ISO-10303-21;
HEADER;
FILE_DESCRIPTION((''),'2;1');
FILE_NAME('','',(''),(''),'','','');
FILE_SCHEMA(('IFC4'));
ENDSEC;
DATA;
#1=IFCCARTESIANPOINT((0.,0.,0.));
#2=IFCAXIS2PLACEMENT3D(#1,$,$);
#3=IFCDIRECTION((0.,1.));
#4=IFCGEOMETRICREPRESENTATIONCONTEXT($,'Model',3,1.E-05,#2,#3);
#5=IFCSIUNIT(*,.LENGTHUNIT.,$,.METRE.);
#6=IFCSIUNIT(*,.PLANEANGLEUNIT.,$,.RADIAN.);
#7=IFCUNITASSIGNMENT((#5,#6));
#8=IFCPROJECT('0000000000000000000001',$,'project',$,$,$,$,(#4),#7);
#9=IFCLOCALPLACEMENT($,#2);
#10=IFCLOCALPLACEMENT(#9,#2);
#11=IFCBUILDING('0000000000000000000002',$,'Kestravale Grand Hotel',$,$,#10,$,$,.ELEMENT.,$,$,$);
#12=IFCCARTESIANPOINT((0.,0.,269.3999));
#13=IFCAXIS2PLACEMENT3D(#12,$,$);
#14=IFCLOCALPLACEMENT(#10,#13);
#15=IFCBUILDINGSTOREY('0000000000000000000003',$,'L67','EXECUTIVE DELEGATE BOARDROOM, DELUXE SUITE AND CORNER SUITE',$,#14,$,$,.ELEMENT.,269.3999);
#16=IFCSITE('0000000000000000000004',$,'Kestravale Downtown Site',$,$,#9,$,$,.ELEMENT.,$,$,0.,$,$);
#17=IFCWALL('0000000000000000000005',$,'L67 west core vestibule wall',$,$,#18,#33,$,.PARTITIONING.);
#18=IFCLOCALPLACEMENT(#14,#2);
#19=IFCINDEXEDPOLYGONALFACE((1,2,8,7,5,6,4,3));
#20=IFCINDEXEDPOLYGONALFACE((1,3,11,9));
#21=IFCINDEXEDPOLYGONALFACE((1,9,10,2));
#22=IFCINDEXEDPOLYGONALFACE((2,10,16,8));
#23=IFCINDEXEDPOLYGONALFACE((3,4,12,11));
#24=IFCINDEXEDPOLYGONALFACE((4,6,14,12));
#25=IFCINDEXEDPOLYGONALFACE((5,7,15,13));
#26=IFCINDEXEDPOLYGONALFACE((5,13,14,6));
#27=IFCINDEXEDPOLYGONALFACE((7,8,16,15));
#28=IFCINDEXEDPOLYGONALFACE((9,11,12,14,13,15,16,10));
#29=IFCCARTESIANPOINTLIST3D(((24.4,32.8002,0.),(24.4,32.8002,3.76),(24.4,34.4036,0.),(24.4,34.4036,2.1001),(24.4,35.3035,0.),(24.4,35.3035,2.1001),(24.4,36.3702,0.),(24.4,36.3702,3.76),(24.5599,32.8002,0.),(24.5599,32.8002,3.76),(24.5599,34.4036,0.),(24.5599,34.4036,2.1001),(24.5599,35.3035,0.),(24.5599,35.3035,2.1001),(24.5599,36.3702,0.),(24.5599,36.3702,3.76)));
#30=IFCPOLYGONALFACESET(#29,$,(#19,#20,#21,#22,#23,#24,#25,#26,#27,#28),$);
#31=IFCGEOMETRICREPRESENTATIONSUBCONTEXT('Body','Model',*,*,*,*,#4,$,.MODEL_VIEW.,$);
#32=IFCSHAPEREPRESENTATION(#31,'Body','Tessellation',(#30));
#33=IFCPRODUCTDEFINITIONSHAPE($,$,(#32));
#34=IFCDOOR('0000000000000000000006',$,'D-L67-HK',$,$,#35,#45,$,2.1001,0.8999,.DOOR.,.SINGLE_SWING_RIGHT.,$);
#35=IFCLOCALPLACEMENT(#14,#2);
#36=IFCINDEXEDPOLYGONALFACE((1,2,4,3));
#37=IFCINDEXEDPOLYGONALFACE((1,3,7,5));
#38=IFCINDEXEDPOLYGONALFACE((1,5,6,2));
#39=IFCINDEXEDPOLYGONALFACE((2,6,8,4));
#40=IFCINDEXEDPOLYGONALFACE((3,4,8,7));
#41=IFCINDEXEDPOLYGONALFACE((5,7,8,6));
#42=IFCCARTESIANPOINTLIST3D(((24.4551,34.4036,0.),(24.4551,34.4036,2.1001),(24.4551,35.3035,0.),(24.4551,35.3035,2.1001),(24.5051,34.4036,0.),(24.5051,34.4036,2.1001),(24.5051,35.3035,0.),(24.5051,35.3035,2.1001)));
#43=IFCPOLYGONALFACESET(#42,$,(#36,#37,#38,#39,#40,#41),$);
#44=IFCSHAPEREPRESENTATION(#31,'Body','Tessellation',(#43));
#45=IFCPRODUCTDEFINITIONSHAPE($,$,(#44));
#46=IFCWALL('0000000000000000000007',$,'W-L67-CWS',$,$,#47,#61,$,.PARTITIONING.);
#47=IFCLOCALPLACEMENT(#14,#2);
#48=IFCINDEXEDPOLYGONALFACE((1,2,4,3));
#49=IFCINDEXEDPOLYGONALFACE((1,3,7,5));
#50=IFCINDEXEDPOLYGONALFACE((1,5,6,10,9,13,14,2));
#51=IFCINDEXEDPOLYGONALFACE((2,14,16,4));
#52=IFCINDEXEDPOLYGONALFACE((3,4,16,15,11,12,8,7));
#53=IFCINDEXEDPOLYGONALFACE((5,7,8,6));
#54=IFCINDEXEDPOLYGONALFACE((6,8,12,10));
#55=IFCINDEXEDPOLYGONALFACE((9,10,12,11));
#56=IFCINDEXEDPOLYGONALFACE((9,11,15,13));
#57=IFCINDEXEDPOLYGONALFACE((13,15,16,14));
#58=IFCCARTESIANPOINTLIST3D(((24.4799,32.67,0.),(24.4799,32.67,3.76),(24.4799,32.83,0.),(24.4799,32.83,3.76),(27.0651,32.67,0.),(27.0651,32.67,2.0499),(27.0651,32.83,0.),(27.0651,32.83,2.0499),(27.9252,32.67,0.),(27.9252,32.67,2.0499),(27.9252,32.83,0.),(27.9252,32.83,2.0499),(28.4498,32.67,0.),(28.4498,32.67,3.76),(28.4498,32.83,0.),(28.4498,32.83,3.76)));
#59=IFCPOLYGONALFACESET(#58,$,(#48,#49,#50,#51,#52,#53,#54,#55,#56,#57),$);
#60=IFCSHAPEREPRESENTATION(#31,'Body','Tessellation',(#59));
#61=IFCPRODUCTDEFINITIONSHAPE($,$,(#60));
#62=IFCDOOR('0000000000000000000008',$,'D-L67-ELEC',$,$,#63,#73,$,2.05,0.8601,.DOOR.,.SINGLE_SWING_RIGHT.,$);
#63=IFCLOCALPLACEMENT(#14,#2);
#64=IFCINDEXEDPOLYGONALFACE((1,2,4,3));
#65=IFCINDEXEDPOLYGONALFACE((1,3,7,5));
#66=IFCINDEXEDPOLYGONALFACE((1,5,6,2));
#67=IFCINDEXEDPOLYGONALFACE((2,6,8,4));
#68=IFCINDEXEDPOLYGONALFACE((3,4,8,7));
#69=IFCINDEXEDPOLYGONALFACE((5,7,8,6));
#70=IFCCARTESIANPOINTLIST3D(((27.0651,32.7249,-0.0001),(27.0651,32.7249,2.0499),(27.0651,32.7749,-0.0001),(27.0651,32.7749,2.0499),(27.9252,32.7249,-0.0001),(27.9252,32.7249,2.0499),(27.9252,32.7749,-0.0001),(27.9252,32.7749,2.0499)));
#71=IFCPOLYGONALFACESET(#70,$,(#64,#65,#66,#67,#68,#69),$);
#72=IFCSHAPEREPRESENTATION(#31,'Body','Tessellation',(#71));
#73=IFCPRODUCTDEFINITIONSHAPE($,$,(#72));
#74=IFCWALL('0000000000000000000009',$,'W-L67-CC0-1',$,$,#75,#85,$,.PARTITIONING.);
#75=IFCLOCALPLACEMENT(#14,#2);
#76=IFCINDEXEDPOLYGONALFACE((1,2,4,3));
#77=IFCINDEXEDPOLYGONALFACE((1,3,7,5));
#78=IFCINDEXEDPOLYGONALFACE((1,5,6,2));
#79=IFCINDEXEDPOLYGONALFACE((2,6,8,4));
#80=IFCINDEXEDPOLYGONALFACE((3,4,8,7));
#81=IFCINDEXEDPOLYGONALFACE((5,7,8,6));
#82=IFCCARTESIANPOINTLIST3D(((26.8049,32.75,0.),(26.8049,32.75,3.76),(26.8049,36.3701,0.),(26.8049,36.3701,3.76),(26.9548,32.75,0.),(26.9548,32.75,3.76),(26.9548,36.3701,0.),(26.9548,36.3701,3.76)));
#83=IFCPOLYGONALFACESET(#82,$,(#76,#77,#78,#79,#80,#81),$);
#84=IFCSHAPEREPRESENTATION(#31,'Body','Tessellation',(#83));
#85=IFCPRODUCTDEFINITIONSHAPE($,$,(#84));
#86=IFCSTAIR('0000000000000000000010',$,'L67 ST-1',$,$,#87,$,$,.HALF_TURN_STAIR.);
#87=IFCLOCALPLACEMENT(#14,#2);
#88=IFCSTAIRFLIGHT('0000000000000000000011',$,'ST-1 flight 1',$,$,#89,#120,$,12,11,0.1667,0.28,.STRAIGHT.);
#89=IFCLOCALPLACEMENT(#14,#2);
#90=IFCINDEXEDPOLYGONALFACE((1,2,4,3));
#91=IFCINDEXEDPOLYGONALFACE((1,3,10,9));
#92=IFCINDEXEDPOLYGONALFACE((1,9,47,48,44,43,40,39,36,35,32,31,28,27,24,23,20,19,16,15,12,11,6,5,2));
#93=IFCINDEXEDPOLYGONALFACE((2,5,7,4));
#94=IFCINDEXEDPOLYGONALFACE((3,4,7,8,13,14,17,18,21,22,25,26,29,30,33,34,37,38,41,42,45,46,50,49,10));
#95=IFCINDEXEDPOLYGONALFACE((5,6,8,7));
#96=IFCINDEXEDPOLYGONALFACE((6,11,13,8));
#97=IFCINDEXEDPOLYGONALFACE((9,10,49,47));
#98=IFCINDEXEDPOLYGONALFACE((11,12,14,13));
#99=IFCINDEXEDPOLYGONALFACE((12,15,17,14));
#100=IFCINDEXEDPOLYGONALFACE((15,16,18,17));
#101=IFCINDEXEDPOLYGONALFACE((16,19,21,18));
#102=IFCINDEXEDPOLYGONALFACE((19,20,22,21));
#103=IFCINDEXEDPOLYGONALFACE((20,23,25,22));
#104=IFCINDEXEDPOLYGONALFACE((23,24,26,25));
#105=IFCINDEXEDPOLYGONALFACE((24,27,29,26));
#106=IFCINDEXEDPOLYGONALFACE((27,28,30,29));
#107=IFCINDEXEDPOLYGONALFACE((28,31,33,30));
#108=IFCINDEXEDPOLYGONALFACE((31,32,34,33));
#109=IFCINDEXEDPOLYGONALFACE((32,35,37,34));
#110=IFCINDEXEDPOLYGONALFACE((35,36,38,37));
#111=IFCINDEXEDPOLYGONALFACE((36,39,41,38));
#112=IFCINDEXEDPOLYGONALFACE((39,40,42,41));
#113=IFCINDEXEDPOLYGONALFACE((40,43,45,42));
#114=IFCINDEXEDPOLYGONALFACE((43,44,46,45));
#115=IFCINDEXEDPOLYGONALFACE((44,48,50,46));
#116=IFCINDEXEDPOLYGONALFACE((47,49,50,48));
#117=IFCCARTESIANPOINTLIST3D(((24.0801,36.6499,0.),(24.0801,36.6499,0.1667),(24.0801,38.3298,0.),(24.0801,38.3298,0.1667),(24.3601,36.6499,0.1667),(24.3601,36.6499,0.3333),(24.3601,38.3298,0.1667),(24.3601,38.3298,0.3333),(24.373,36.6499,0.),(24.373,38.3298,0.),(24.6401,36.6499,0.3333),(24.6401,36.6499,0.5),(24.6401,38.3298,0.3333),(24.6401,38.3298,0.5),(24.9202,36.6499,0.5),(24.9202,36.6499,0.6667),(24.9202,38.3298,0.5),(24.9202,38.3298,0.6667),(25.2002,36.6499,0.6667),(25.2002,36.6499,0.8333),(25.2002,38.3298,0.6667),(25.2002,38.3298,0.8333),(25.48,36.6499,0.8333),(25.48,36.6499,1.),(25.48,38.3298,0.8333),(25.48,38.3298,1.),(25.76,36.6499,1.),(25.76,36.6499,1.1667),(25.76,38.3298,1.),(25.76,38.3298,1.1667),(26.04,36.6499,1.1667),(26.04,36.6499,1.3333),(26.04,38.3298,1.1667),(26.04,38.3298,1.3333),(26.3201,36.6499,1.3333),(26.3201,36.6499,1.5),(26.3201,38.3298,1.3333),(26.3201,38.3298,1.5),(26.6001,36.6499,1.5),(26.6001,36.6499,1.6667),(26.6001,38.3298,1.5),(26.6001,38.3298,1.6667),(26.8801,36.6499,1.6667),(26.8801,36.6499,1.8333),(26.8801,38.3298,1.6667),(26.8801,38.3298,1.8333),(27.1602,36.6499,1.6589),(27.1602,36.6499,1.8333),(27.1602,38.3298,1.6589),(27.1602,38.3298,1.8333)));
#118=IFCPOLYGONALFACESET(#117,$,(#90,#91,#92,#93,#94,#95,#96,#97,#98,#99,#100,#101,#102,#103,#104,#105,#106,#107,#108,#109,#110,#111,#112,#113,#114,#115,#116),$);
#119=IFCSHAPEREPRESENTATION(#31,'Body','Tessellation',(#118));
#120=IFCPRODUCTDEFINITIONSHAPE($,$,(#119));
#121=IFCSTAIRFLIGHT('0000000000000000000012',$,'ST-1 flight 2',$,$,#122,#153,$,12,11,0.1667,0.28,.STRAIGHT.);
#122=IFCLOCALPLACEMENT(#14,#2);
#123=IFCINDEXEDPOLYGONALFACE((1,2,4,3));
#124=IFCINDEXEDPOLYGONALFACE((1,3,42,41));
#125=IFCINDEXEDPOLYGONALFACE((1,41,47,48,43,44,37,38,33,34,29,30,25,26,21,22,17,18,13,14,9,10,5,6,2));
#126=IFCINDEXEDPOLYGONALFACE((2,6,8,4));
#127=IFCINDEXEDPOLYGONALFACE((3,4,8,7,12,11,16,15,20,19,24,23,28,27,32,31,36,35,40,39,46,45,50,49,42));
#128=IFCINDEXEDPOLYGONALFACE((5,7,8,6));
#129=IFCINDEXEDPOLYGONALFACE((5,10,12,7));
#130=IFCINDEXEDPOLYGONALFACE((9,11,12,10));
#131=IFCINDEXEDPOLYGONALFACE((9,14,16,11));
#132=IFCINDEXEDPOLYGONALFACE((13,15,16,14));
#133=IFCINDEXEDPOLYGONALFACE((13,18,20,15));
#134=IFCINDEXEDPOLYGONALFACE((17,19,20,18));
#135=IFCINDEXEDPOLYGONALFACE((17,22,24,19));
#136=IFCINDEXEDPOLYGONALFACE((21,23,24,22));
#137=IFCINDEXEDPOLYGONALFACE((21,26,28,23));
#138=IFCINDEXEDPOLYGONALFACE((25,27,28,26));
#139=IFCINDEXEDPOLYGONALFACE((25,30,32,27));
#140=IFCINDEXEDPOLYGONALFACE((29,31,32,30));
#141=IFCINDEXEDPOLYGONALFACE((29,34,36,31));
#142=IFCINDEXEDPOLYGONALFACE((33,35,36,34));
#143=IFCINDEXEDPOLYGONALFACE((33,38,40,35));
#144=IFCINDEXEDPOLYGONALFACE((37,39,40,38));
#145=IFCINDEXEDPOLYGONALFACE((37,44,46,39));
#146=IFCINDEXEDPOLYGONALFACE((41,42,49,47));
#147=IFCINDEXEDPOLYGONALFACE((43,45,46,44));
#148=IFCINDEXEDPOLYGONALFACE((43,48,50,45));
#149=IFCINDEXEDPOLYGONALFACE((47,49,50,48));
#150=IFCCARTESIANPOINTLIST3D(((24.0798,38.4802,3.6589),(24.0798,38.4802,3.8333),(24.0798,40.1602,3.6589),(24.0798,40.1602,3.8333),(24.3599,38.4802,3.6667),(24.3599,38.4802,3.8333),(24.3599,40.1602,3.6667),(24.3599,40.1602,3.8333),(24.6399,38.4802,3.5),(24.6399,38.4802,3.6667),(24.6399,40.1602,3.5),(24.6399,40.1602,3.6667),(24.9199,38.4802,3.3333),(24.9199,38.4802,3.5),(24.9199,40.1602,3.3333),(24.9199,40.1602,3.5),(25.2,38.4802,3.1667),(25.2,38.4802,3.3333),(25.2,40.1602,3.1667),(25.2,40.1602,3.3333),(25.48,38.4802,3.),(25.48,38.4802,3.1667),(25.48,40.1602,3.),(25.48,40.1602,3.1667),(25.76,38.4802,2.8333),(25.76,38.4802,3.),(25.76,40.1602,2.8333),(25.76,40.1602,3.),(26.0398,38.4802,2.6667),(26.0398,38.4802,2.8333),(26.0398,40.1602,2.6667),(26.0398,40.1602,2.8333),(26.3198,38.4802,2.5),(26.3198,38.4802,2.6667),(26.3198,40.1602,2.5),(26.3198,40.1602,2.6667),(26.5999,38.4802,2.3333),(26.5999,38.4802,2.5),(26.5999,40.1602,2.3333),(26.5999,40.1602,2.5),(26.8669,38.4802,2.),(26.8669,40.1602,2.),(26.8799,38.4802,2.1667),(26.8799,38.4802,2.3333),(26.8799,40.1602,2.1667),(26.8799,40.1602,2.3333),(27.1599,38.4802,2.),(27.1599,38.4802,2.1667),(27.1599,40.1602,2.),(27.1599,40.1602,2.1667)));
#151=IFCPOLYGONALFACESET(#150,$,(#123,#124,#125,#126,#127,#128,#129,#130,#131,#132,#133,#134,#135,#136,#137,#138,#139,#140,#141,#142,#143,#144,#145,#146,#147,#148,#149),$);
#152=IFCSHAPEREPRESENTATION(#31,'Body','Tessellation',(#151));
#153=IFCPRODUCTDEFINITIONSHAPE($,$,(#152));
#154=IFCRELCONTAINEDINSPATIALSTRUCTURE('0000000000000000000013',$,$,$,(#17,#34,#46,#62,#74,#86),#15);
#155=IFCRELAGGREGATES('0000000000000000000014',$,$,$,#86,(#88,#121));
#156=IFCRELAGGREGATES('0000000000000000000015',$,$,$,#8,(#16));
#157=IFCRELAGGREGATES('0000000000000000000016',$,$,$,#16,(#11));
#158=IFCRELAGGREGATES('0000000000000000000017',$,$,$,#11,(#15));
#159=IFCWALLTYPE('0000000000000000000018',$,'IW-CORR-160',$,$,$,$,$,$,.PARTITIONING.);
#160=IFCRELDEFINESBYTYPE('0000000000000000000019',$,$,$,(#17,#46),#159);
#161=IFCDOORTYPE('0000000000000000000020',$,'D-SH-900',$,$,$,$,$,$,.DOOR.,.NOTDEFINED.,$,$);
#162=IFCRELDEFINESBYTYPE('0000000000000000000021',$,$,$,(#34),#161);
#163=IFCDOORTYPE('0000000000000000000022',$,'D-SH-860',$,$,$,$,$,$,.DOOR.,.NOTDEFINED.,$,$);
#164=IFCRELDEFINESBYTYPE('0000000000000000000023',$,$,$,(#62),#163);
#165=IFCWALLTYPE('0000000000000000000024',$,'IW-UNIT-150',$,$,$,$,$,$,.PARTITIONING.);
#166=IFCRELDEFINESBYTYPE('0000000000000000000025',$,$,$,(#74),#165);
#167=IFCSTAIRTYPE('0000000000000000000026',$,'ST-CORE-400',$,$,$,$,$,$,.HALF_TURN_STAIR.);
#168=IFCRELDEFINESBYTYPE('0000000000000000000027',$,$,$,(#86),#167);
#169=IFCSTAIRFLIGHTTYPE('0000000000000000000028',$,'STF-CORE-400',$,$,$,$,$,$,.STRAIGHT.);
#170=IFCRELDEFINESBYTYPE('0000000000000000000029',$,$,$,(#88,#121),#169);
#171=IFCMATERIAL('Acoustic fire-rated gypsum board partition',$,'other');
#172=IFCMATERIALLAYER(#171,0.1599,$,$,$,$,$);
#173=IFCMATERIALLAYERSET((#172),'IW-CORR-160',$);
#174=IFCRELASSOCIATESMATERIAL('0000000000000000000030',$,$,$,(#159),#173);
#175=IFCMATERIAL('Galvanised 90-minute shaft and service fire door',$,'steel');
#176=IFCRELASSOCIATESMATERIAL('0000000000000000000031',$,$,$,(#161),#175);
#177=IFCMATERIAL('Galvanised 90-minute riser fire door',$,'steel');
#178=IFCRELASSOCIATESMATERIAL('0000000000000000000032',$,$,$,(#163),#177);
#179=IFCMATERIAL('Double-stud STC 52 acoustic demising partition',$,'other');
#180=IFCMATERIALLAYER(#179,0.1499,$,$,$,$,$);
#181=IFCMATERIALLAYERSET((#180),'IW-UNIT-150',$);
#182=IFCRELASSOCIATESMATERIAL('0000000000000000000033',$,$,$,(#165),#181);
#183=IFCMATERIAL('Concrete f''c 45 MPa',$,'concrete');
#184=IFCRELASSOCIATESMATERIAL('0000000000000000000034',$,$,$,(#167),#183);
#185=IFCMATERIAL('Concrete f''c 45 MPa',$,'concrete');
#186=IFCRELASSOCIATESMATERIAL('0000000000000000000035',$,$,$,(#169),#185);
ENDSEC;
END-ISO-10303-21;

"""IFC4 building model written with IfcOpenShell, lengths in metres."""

from ifc_helpers import new_model, si_unit, direction, frame, frame_2d, origin, place, context, subcontext, project, spatial, polyline, rectangle, outline, extrude, material, layer, layer_set, type_object, element, fill, aggregate, save


model = new_model("IFC4")

# Units and contexts
model_context = context("Model", 3, precision=1e-05, world=origin(), true_north=direction((0.0, 1.0)))
body_context = subcontext(model_context, "Body", "Model", "MODEL_VIEW")
ifc_project = project(units=[si_unit("LENGTHUNIT", "METRE"), si_unit("PLANEANGLEUNIT", "RADIAN")], contexts=[model_context])

# Site, building, storey
site_placement = place(None, origin())
site = spatial("IfcSite", under=ifc_project, at=site_placement, Name="Kestravale Downtown Site", CompositionType="ELEMENT", RefElevation=0.0)
building_placement = place(site_placement, origin())
building = spatial("IfcBuilding", under=site, at=building_placement, Name="Kestravale Grand Hotel", CompositionType="ELEMENT")
storey_placement = place(building_placement, frame((0.0, 0.0, 269.3999)))
storey = spatial("IfcBuildingStorey", under=building, at=storey_placement, Name="L67", Description="EXECUTIVE DELEGATE BOARDROOM, DELUXE SUITE AND CORNER SUITE", CompositionType="ELEMENT", Elevation=269.3999)

# Walls, openings, doors
ifc_material_1 = material(Name="Acoustic fire-rated gypsum board partition", Category="other")
ifc_layer_1 = layer(ifc_material_1, 0.1599)
ifc_layer_set_1 = layer_set([ifc_layer_1], Name="IW-CORR-160")
wall_type_1 = type_object("IfcWallType", Name="IW-CORR-160", PredefinedType="PARTITIONING", material=ifc_layer_set_1)
wall_1_placement = place(storey_placement, frame((24.48, 32.8, 0.0), z_axis=(0.0, 0.0, 1.0), x_axis=(0.0, 1.0, 0.0)))
wall_1 = element("IfcWall", 1, at=wall_1_placement, inside=storey, type_object=wall_type_1, Name="L67 west core vestibule wall", PredefinedType="PARTITIONING", context=body_context, shape_type="SweptSolid", body=[
    extrude(rectangle(XDim=3.5701, YDim=0.1599, at=frame_2d((1.7852, 0.0))), origin(), (0.0, 0.0, 1.0), 3.76),
])
opening_1_placement = place(wall_1_placement, frame((1.6035, 0.0, 0.0)))
opening_1 = element("IfcOpeningElement", 2, at=opening_1_placement, cuts=wall_1, PredefinedType="OPENING", context=body_context, shape_type="SweptSolid", body=[
    extrude(rectangle(XDim=0.8999, YDim=2.1001, at=frame_2d((0.45, 1.05))), frame((0.0, 0.0898, 0.0), z_axis=(0.0, -1.0, 0.0), x_axis=(1.0, 0.0, 0.0)), (0.0, 0.0, 1.0), 0.1799),
])
ifc_material_2 = material(Name="Galvanised 90-minute shaft and service fire door", Category="steel")
door_type_1 = type_object("IfcDoorType", Name="D-SH-900", OperationType="NOTDEFINED", PredefinedType="DOOR", material=ifc_material_2)
door_1_placement = place(opening_1_placement, origin())
door_1 = element("IfcDoor", 3, at=door_1_placement, inside=storey, type_object=door_type_1, Name="D-L67-HK", OperationType="SINGLE_SWING_RIGHT", OverallHeight=2.1001, OverallWidth=0.8999, PredefinedType="DOOR", context=body_context, shape_type="SweptSolid", body=[
    extrude(rectangle(XDim=0.8999, YDim=2.1001, at=frame_2d((0.45, 1.05))), frame((0.0, 0.0249, 0.0), z_axis=(0.0, -1.0, 0.0), x_axis=(1.0, 0.0, 0.0)), (0.0, 0.0, 1.0), 0.05),
])
fill(opening_1, door_1)
wall_2_placement = place(storey_placement, frame((24.48, 32.75, 0.0), z_axis=(0.0, 0.0, 1.0), x_axis=(1.0, 0.0, 0.0)))
wall_2 = element("IfcWall", 4, at=wall_2_placement, inside=storey, type_object=wall_type_1, Name="W-L67-CWS", PredefinedType="PARTITIONING", context=body_context, shape_type="SweptSolid", body=[
    extrude(rectangle(XDim=3.97, YDim=0.1599, at=frame_2d((1.9849, 0.0))), origin(), (0.0, 0.0, 1.0), 3.76),
])
opening_2_placement = place(wall_2_placement, frame((2.585, 0.0, 0.0)))
opening_2 = element("IfcOpeningElement", 5, at=opening_2_placement, cuts=wall_2, PredefinedType="OPENING", context=body_context, shape_type="SweptSolid", body=[
    extrude(rectangle(XDim=0.8601, YDim=2.05, at=frame_2d((0.4302, 1.0249))), frame((0.0, 0.0898, 0.0), z_axis=(0.0, -1.0, 0.0), x_axis=(1.0, 0.0, 0.0)), (0.0, 0.0, 1.0), 0.1799),
])
ifc_material_3 = material(Name="Galvanised 90-minute riser fire door", Category="steel")
door_type_2 = type_object("IfcDoorType", Name="D-SH-860", OperationType="NOTDEFINED", PredefinedType="DOOR", material=ifc_material_3)
door_2_placement = place(opening_2_placement, origin())
door_2 = element("IfcDoor", 6, at=door_2_placement, inside=storey, type_object=door_type_2, Name="D-L67-ELEC", OperationType="SINGLE_SWING_RIGHT", OverallHeight=2.05, OverallWidth=0.8601, PredefinedType="DOOR", context=body_context, shape_type="SweptSolid", body=[
    extrude(rectangle(XDim=0.8601, YDim=2.05, at=frame_2d((0.4302, 1.0249))), frame((0.0, 0.0249, 0.0), z_axis=(0.0, -1.0, 0.0), x_axis=(1.0, 0.0, 0.0)), (0.0, 0.0, 1.0), 0.05),
])
fill(opening_2, door_2)

# Wall
ifc_material_4 = material(Name="Double-stud STC 52 acoustic demising partition", Category="other")
ifc_layer_2 = layer(ifc_material_4, 0.1499)
ifc_layer_set_2 = layer_set([ifc_layer_2], Name="IW-UNIT-150")
wall_type_2 = type_object("IfcWallType", Name="IW-UNIT-150", PredefinedType="PARTITIONING", material=ifc_layer_set_2)
wall_3_placement = place(storey_placement, frame((26.8799, 32.75, 0.0), z_axis=(0.0, 0.0, 1.0), x_axis=(0.0, 1.0, 0.0)))
element("IfcWall", 7, at=wall_3_placement, inside=storey, type_object=wall_type_2, Name="W-L67-CC0-1", PredefinedType="PARTITIONING", context=body_context, shape_type="SweptSolid", body=[
    extrude(rectangle(XDim=3.6201, YDim=0.1499, at=frame_2d((1.8101, 0.0))), origin(), (0.0, 0.0, 1.0), 3.76),
])

# Stair, stair flights
ifc_material_5 = material(Name="Concrete f'c 45 MPa", Category="concrete")
stair_type = type_object("IfcStairType", Name="ST-CORE-400", PredefinedType="HALF_TURN_STAIR", material=ifc_material_5)
stair_placement = place(storey_placement, origin())
stair = element("IfcStair", 8, at=stair_placement, inside=storey, type_object=stair_type, Name="L67 ST-1", PredefinedType="HALF_TURN_STAIR")
ifc_material_6 = material(Name="Concrete f'c 45 MPa", Category="concrete")
stair_flight_type = type_object("IfcStairFlightType", Name="STF-CORE-400", PredefinedType="STRAIGHT", material=ifc_material_6)
stair_flight_1_placement = place(storey_placement, frame((24.0801, 37.49, 0.0), z_axis=(0.0, 0.0, 1.0), x_axis=(1.0, 0.0, 0.0)))
stair_flight_1 = element("IfcStairFlight", 9, at=stair_flight_1_placement, type_object=stair_flight_type, Name="ST-1 flight 1", NumberOfRisers=12, NumberOfTreads=11, PredefinedType="STRAIGHT", RiserHeight=0.1667, TreadLength=0.28, context=body_context, shape_type="SweptSolid", body=[
    extrude(outline(polyline([(0.0, 0.0), (0.0, 0.1667), (0.28, 0.1667), (0.28, 0.3333), (0.5601, 0.3333), (0.5601, 0.5), (0.8401, 0.5), (0.8401, 0.6667), (1.1201, 0.6667), (1.1201, 0.8333), (1.3999, 0.8333), (1.3999, 1.0), (1.6799, 1.0), (1.6799, 1.1667), (1.96, 1.1667), (1.96, 1.3333), (2.24, 1.3333), (2.24, 1.5), (2.52, 1.5), (2.52, 1.6667), (2.8, 1.6667), (2.8, 1.8333), (3.0801, 1.8333), (3.0801, 2.0), (3.0801, 1.6589), (0.293, 0.0), (0.0, 0.0)])), frame((0.0, 0.8398, 0.0), z_axis=(0.0, -1.0, 0.0), x_axis=(1.0, 0.0, 0.0)), (0.0, 0.0, 1.0), 1.6799),
])
stair_flight_2_placement = place(storey_placement, frame((27.1599, 39.3201, 2.0), z_axis=(0.0, 0.0, 1.0), x_axis=(-1.0, 0.0, 0.0)))
stair_flight_2 = element("IfcStairFlight", 10, at=stair_flight_2_placement, type_object=stair_flight_type, Name="ST-1 flight 2", NumberOfRisers=12, NumberOfTreads=11, PredefinedType="STRAIGHT", RiserHeight=0.1667, TreadLength=0.28, context=body_context, shape_type="SweptSolid", body=[
    extrude(outline(polyline([(0.0, 0.0), (0.0, 0.1667), (0.28, 0.1667), (0.28, 0.3333), (0.5601, 0.3333), (0.5601, 0.5), (0.8401, 0.5), (0.8401, 0.6667), (1.1201, 0.6667), (1.1201, 0.8333), (1.3999, 0.8333), (1.3999, 1.0), (1.6799, 1.0), (1.6799, 1.1667), (1.96, 1.1667), (1.96, 1.3333), (2.24, 1.3333), (2.24, 1.5), (2.52, 1.5), (2.52, 1.6667), (2.8, 1.6667), (2.8, 1.8333), (3.0801, 1.8333), (3.0801, 2.0), (3.0801, 1.6589), (0.293, 0.0), (0.0, 0.0)])), frame((0.0, 0.8398, 0.0), z_axis=(0.0, -1.0, 0.0), x_axis=(1.0, 0.0, 0.0)), (0.0, 0.0, 1.0), 1.6799),
])
aggregate(stair, [stair_flight_1, stair_flight_2])

save(model, "model.ifc")
